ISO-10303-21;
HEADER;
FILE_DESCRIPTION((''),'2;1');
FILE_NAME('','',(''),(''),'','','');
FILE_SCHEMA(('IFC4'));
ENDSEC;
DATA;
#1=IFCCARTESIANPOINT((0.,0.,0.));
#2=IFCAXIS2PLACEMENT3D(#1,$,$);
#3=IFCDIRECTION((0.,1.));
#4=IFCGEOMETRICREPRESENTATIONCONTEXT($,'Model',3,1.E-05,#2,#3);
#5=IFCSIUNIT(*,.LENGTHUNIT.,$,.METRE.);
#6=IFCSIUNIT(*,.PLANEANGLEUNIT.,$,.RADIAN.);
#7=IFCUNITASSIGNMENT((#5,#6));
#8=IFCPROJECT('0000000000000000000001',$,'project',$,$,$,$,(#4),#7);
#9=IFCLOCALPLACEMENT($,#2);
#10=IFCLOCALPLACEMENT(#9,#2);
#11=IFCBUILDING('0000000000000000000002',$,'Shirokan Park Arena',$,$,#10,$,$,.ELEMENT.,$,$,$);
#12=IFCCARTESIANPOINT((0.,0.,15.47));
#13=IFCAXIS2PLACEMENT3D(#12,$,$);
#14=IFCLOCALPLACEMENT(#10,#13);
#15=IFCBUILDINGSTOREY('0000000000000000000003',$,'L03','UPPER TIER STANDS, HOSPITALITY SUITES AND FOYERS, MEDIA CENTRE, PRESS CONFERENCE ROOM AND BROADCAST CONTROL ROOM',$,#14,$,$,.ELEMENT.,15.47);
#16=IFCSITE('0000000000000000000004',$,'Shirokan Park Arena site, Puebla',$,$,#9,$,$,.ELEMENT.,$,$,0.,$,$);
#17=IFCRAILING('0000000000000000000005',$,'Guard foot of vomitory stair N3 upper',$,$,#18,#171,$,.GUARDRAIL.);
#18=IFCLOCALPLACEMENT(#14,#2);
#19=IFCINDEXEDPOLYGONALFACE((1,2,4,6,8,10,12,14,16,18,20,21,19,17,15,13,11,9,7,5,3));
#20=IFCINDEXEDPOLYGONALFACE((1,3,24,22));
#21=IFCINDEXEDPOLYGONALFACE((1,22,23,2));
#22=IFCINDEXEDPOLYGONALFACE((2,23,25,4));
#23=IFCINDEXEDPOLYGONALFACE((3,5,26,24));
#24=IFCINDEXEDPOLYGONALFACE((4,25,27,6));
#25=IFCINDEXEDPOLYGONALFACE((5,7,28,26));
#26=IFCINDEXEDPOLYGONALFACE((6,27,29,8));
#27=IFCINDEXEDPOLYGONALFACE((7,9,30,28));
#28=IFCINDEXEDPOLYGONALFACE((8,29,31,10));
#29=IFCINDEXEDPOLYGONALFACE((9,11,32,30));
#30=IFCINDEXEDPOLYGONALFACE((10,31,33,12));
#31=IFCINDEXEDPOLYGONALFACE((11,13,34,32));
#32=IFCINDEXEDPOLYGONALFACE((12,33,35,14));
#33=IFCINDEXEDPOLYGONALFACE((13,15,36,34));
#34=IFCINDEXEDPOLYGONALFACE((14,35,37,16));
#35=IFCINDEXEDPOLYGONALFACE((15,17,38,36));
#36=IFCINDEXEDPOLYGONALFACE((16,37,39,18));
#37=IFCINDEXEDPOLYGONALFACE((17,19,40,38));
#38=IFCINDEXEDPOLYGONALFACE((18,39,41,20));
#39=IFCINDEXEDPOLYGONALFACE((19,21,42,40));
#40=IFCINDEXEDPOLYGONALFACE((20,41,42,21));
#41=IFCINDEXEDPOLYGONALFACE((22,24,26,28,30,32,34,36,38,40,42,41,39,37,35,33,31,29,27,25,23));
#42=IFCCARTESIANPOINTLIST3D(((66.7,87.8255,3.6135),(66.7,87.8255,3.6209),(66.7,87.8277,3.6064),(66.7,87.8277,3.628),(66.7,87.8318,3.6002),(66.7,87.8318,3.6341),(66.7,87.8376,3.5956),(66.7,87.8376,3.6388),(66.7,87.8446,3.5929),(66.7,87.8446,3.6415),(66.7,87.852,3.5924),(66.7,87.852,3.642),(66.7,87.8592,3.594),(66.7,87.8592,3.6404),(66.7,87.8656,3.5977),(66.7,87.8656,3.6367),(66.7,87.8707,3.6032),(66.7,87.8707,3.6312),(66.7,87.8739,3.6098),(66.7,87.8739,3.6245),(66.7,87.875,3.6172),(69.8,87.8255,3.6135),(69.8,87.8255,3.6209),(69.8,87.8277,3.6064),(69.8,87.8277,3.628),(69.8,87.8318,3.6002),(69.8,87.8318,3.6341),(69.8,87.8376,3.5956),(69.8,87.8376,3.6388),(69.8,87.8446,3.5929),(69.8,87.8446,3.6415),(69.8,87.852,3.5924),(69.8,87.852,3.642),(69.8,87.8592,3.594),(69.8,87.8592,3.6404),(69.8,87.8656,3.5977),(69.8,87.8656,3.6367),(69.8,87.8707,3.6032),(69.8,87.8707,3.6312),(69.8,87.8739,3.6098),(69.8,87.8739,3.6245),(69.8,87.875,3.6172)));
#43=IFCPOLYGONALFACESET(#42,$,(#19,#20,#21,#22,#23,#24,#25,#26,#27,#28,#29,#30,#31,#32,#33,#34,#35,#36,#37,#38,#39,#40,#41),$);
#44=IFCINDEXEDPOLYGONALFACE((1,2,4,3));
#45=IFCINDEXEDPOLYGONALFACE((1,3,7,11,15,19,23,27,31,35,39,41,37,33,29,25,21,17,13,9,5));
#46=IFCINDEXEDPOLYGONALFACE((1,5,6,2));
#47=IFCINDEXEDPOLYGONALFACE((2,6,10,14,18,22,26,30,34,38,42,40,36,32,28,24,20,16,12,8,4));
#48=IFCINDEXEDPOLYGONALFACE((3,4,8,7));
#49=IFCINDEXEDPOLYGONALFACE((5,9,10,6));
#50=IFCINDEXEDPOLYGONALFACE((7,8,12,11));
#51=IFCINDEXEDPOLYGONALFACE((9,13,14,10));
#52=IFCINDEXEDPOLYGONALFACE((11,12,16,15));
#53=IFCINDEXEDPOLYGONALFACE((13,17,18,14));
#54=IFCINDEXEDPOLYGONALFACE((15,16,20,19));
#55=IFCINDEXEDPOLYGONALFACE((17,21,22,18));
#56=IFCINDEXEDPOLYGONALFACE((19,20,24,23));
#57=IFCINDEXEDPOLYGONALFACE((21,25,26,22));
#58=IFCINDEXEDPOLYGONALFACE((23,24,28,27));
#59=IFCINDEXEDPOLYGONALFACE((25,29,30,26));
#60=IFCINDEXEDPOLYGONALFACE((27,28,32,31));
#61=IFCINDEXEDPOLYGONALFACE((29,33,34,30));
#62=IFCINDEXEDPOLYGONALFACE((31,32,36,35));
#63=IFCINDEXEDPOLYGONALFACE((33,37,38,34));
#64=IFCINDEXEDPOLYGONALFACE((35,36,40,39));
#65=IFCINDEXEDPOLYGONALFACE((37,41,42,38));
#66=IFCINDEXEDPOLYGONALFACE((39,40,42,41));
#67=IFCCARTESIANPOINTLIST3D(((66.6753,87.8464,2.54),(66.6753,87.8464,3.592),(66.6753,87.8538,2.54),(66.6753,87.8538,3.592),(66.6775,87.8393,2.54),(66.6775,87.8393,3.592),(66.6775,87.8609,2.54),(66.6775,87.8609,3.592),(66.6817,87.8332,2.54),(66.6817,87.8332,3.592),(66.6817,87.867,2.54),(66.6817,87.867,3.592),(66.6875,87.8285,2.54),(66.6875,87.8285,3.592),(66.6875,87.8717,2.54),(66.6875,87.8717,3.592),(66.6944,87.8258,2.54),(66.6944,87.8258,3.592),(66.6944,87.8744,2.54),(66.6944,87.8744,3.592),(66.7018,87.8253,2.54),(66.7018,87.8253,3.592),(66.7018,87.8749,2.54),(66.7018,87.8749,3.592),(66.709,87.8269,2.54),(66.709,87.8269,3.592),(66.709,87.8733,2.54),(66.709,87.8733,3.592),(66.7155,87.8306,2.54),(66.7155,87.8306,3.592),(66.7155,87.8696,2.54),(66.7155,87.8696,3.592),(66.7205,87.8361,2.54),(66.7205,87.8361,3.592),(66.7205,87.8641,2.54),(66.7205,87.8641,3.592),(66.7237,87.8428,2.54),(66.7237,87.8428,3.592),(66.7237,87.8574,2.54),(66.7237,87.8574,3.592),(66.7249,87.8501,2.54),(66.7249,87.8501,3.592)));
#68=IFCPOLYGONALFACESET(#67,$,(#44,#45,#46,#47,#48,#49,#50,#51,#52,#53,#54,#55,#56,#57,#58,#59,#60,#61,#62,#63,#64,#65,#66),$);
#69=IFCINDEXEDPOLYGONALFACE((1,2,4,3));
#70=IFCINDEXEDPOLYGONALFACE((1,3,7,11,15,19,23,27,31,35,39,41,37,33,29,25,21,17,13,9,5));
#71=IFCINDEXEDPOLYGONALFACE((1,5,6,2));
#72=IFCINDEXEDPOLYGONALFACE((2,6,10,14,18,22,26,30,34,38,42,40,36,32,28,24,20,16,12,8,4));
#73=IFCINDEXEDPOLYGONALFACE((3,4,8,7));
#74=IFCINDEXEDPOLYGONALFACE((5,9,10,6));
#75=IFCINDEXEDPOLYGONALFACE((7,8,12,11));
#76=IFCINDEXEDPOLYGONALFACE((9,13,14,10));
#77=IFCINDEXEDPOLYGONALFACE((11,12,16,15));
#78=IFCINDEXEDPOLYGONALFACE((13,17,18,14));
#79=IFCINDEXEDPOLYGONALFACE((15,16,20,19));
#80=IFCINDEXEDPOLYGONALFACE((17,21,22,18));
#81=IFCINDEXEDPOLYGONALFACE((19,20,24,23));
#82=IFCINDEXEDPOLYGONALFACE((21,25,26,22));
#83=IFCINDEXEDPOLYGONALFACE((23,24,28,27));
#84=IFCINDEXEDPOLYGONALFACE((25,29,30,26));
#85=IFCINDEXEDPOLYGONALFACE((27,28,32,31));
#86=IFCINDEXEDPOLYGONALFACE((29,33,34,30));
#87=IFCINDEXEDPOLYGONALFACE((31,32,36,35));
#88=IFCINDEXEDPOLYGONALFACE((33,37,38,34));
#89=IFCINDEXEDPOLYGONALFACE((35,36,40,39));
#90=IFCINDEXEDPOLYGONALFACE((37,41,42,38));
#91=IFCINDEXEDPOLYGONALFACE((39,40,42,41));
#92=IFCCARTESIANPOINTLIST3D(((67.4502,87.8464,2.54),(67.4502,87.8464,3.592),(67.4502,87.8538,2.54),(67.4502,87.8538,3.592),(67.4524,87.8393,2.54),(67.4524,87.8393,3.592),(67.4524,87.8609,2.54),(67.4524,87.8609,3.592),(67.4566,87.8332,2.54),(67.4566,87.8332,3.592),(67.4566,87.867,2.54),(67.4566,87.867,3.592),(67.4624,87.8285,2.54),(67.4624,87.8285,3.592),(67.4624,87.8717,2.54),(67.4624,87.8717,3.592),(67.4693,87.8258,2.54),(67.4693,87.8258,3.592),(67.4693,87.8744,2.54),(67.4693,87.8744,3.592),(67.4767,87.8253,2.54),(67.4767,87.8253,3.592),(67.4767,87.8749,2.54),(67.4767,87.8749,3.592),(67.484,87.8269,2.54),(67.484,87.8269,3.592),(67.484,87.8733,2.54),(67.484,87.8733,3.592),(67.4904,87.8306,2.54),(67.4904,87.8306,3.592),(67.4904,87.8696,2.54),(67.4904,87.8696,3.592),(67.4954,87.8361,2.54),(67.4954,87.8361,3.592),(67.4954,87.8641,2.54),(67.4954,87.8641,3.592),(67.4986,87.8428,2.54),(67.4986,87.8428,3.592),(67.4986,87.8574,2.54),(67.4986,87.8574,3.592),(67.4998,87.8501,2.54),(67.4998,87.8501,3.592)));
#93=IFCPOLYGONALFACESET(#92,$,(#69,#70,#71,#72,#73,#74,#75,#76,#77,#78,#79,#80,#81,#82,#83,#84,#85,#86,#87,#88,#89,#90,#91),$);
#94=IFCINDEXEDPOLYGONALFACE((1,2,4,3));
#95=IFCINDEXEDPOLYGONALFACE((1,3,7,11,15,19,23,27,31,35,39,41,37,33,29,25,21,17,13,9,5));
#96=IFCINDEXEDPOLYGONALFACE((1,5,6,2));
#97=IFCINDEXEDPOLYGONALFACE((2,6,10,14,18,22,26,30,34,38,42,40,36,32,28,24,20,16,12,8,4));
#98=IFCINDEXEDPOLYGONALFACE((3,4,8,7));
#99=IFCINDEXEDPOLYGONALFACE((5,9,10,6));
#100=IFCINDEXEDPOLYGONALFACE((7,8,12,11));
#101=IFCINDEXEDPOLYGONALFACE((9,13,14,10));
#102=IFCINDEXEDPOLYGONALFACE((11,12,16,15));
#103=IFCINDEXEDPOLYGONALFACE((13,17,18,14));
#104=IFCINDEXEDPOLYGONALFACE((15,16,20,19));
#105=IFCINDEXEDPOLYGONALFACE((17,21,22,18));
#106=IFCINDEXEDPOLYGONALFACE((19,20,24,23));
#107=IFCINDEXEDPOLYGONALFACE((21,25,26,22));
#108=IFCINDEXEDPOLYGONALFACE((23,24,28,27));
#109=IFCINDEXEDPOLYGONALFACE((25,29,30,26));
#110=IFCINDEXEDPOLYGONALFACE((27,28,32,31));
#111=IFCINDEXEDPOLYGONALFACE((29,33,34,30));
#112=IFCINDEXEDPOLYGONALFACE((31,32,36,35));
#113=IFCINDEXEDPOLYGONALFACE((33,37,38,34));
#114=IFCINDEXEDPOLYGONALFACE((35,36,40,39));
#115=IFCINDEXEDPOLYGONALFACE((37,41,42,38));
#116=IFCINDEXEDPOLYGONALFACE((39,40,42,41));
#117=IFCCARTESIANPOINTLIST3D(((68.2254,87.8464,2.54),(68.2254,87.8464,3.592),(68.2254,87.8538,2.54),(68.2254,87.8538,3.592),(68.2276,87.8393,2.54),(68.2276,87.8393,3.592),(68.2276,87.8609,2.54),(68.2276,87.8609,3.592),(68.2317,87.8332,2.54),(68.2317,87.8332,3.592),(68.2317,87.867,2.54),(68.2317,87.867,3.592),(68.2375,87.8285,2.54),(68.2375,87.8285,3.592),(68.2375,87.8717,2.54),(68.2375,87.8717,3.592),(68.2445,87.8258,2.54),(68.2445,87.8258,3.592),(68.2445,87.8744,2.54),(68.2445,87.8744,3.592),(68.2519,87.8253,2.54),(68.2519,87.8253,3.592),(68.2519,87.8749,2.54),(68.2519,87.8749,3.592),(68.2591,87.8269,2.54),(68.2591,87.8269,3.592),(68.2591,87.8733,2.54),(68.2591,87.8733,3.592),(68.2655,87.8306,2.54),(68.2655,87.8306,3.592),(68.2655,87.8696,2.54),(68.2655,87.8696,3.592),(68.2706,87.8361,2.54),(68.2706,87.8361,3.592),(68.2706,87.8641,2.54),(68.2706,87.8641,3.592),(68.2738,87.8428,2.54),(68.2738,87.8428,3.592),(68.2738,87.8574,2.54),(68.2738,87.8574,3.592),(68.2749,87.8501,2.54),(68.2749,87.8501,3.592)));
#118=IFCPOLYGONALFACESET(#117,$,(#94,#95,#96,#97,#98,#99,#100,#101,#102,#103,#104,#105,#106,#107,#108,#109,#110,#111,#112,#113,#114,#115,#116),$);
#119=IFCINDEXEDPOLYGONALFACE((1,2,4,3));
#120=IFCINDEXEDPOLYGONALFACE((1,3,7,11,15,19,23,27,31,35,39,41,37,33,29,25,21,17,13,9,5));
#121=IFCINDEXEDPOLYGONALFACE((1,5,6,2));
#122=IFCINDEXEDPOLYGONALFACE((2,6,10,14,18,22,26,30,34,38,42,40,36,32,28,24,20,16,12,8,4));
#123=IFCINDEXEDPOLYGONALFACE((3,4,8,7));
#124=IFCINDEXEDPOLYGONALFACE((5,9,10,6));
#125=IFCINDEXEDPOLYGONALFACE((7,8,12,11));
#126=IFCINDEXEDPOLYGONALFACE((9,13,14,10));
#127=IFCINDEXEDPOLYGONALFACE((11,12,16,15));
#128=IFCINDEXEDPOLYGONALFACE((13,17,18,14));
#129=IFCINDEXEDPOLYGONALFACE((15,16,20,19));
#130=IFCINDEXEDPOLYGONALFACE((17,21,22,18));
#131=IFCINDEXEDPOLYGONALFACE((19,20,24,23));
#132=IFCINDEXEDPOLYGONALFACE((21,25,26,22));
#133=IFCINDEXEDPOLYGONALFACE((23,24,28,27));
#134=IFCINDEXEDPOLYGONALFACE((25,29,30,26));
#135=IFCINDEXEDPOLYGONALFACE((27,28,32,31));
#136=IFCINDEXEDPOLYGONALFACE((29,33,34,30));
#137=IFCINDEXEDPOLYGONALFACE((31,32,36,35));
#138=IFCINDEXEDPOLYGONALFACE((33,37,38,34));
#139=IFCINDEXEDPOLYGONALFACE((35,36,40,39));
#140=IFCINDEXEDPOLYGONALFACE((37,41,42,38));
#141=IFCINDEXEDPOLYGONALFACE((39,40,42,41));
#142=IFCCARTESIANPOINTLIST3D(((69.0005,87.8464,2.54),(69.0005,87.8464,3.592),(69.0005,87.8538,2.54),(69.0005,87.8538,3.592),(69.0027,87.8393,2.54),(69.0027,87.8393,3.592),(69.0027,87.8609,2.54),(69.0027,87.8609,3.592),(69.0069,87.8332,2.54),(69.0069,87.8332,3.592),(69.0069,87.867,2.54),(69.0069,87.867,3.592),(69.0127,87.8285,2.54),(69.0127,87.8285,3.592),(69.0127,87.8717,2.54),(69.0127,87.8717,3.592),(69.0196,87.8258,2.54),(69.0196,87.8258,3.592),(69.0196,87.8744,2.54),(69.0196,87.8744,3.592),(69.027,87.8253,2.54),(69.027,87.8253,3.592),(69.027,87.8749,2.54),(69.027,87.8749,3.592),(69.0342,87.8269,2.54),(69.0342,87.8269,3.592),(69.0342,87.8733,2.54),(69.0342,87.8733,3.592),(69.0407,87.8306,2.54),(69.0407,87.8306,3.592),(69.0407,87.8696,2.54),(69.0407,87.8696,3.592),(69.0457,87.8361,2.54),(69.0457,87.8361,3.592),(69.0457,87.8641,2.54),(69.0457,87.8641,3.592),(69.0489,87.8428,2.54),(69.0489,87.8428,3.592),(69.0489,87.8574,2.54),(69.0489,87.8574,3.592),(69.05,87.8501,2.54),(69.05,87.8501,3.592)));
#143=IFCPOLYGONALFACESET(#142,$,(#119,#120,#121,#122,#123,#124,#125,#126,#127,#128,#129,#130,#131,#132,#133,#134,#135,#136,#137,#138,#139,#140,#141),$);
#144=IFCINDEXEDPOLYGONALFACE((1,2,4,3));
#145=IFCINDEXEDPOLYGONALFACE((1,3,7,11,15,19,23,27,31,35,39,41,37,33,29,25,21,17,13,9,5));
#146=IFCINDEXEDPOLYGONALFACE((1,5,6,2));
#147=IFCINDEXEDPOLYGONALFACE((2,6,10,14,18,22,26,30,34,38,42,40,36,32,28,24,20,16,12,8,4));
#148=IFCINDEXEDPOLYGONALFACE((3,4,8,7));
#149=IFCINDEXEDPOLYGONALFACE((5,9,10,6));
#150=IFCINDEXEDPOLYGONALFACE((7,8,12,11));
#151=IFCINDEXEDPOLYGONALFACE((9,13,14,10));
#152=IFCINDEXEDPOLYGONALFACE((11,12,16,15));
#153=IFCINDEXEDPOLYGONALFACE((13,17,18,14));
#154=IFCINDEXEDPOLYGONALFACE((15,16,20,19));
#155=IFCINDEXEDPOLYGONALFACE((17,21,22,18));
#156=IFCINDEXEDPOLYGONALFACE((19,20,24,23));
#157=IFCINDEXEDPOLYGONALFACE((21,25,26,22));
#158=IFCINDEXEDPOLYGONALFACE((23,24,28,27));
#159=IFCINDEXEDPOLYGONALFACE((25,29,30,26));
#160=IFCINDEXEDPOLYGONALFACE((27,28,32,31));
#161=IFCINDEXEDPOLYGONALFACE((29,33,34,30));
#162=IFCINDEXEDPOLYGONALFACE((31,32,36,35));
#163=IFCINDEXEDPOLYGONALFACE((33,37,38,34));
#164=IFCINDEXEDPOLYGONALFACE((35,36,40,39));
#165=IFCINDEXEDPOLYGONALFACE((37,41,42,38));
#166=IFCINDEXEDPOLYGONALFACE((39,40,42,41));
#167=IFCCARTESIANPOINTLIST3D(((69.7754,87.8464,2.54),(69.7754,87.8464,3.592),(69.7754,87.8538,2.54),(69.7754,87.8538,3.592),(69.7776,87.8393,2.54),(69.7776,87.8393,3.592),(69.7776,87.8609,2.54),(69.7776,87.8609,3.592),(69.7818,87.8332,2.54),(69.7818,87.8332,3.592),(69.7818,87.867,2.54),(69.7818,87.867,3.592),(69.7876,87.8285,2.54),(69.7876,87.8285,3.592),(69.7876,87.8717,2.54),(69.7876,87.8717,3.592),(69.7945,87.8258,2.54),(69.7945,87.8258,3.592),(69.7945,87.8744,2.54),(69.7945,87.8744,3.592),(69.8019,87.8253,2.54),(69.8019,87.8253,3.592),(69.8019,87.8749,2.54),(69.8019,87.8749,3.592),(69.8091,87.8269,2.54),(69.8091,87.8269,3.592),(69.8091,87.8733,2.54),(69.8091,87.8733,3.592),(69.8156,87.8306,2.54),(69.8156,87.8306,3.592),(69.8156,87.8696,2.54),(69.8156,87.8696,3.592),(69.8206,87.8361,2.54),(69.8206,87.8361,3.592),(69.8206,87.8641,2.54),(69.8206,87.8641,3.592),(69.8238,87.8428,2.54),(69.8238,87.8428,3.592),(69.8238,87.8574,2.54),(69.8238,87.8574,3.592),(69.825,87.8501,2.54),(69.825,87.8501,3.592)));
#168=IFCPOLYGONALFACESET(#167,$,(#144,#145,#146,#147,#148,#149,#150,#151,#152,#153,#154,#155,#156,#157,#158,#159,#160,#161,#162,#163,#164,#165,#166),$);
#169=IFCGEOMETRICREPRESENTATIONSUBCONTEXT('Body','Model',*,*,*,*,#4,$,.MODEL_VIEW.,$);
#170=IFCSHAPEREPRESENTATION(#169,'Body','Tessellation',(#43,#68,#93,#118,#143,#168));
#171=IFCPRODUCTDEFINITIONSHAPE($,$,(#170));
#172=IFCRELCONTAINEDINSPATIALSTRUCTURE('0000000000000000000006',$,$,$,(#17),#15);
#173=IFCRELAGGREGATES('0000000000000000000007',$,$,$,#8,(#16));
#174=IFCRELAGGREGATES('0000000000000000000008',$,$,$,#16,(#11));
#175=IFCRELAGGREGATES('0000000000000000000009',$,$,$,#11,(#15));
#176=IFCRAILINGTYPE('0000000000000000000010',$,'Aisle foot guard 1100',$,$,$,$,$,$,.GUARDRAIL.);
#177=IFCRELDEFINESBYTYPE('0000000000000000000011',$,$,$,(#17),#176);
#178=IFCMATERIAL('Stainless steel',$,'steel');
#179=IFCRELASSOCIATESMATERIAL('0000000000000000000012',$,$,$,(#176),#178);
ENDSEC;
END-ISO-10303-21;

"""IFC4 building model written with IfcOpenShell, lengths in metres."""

from ifc_helpers import new_model, si_unit, direction, frame, origin, origin_2d, place, context, subcontext, project, spatial, circle, extrude, material, type_object, element, save


model = new_model("IFC4")

# Units and contexts
model_context = context("Model", 3, precision=1e-05, world=origin(), true_north=direction((0.0, 1.0)))
body_context = subcontext(model_context, "Body", "Model", "MODEL_VIEW")
ifc_project = project(units=[si_unit("LENGTHUNIT", "METRE"), si_unit("PLANEANGLEUNIT", "RADIAN")], contexts=[model_context])

# Site, building, storey
site_placement = place(None, origin())
site = spatial("IfcSite", under=ifc_project, at=site_placement, Name="Shirokan Park Arena site, Puebla", CompositionType="ELEMENT", RefElevation=0.0)
building_placement = place(site_placement, origin())
building = spatial("IfcBuilding", under=site, at=building_placement, Name="Shirokan Park Arena", CompositionType="ELEMENT")
storey_placement = place(building_placement, frame((0.0, 0.0, 15.47)))
storey = spatial("IfcBuildingStorey", under=building, at=storey_placement, Name="L03", Description="UPPER TIER STANDS, HOSPITALITY SUITES AND FOYERS, MEDIA CENTRE, PRESS CONFERENCE ROOM AND BROADCAST CONTROL ROOM", CompositionType="ELEMENT", Elevation=15.47)

# Railing
ifc_material_1 = material(Name="Stainless steel", Category="steel")
railing_type_1 = type_object("IfcRailingType", Name="Aisle foot guard 1100", PredefinedType="GUARDRAIL", material=ifc_material_1)
railing_1_placement = place(storey_placement, frame((66.7, 87.8501, 2.54)))
element("IfcRailing", 1, at=railing_1_placement, inside=storey, type_object=railing_type_1, Name="Guard foot of vomitory stair N3 upper", PredefinedType="GUARDRAIL", context=body_context, shape_type="SweptSolid", body=[
    extrude(circle(Radius=0.0249, at=origin_2d()), frame((0.0, 0.0, 1.0771), z_axis=(1.0, 0.0, 0.0), x_axis=(0.0, 1.0, 0.0)), (0.0, 0.0, 1.0), 3.1001),
    extrude(circle(Radius=0.0249, at=origin_2d()), origin(), (0.0, 0.0, 1.0), 1.052),
    extrude(circle(Radius=0.0249, at=origin_2d()), frame((0.7749, 0.0, 0.0)), (0.0, 0.0, 1.0), 1.052),
    extrude(circle(Radius=0.0249, at=origin_2d()), frame((1.55, 0.0, 0.0)), (0.0, 0.0, 1.0), 1.052),
    extrude(circle(Radius=0.0249, at=origin_2d()), frame((2.3252, 0.0, 0.0)), (0.0, 0.0, 1.0), 1.052),
    extrude(circle(Radius=0.0249, at=origin_2d()), frame((3.1001, 0.0, 0.0)), (0.0, 0.0, 1.0), 1.052),
])

save(model, "model.ifc")
